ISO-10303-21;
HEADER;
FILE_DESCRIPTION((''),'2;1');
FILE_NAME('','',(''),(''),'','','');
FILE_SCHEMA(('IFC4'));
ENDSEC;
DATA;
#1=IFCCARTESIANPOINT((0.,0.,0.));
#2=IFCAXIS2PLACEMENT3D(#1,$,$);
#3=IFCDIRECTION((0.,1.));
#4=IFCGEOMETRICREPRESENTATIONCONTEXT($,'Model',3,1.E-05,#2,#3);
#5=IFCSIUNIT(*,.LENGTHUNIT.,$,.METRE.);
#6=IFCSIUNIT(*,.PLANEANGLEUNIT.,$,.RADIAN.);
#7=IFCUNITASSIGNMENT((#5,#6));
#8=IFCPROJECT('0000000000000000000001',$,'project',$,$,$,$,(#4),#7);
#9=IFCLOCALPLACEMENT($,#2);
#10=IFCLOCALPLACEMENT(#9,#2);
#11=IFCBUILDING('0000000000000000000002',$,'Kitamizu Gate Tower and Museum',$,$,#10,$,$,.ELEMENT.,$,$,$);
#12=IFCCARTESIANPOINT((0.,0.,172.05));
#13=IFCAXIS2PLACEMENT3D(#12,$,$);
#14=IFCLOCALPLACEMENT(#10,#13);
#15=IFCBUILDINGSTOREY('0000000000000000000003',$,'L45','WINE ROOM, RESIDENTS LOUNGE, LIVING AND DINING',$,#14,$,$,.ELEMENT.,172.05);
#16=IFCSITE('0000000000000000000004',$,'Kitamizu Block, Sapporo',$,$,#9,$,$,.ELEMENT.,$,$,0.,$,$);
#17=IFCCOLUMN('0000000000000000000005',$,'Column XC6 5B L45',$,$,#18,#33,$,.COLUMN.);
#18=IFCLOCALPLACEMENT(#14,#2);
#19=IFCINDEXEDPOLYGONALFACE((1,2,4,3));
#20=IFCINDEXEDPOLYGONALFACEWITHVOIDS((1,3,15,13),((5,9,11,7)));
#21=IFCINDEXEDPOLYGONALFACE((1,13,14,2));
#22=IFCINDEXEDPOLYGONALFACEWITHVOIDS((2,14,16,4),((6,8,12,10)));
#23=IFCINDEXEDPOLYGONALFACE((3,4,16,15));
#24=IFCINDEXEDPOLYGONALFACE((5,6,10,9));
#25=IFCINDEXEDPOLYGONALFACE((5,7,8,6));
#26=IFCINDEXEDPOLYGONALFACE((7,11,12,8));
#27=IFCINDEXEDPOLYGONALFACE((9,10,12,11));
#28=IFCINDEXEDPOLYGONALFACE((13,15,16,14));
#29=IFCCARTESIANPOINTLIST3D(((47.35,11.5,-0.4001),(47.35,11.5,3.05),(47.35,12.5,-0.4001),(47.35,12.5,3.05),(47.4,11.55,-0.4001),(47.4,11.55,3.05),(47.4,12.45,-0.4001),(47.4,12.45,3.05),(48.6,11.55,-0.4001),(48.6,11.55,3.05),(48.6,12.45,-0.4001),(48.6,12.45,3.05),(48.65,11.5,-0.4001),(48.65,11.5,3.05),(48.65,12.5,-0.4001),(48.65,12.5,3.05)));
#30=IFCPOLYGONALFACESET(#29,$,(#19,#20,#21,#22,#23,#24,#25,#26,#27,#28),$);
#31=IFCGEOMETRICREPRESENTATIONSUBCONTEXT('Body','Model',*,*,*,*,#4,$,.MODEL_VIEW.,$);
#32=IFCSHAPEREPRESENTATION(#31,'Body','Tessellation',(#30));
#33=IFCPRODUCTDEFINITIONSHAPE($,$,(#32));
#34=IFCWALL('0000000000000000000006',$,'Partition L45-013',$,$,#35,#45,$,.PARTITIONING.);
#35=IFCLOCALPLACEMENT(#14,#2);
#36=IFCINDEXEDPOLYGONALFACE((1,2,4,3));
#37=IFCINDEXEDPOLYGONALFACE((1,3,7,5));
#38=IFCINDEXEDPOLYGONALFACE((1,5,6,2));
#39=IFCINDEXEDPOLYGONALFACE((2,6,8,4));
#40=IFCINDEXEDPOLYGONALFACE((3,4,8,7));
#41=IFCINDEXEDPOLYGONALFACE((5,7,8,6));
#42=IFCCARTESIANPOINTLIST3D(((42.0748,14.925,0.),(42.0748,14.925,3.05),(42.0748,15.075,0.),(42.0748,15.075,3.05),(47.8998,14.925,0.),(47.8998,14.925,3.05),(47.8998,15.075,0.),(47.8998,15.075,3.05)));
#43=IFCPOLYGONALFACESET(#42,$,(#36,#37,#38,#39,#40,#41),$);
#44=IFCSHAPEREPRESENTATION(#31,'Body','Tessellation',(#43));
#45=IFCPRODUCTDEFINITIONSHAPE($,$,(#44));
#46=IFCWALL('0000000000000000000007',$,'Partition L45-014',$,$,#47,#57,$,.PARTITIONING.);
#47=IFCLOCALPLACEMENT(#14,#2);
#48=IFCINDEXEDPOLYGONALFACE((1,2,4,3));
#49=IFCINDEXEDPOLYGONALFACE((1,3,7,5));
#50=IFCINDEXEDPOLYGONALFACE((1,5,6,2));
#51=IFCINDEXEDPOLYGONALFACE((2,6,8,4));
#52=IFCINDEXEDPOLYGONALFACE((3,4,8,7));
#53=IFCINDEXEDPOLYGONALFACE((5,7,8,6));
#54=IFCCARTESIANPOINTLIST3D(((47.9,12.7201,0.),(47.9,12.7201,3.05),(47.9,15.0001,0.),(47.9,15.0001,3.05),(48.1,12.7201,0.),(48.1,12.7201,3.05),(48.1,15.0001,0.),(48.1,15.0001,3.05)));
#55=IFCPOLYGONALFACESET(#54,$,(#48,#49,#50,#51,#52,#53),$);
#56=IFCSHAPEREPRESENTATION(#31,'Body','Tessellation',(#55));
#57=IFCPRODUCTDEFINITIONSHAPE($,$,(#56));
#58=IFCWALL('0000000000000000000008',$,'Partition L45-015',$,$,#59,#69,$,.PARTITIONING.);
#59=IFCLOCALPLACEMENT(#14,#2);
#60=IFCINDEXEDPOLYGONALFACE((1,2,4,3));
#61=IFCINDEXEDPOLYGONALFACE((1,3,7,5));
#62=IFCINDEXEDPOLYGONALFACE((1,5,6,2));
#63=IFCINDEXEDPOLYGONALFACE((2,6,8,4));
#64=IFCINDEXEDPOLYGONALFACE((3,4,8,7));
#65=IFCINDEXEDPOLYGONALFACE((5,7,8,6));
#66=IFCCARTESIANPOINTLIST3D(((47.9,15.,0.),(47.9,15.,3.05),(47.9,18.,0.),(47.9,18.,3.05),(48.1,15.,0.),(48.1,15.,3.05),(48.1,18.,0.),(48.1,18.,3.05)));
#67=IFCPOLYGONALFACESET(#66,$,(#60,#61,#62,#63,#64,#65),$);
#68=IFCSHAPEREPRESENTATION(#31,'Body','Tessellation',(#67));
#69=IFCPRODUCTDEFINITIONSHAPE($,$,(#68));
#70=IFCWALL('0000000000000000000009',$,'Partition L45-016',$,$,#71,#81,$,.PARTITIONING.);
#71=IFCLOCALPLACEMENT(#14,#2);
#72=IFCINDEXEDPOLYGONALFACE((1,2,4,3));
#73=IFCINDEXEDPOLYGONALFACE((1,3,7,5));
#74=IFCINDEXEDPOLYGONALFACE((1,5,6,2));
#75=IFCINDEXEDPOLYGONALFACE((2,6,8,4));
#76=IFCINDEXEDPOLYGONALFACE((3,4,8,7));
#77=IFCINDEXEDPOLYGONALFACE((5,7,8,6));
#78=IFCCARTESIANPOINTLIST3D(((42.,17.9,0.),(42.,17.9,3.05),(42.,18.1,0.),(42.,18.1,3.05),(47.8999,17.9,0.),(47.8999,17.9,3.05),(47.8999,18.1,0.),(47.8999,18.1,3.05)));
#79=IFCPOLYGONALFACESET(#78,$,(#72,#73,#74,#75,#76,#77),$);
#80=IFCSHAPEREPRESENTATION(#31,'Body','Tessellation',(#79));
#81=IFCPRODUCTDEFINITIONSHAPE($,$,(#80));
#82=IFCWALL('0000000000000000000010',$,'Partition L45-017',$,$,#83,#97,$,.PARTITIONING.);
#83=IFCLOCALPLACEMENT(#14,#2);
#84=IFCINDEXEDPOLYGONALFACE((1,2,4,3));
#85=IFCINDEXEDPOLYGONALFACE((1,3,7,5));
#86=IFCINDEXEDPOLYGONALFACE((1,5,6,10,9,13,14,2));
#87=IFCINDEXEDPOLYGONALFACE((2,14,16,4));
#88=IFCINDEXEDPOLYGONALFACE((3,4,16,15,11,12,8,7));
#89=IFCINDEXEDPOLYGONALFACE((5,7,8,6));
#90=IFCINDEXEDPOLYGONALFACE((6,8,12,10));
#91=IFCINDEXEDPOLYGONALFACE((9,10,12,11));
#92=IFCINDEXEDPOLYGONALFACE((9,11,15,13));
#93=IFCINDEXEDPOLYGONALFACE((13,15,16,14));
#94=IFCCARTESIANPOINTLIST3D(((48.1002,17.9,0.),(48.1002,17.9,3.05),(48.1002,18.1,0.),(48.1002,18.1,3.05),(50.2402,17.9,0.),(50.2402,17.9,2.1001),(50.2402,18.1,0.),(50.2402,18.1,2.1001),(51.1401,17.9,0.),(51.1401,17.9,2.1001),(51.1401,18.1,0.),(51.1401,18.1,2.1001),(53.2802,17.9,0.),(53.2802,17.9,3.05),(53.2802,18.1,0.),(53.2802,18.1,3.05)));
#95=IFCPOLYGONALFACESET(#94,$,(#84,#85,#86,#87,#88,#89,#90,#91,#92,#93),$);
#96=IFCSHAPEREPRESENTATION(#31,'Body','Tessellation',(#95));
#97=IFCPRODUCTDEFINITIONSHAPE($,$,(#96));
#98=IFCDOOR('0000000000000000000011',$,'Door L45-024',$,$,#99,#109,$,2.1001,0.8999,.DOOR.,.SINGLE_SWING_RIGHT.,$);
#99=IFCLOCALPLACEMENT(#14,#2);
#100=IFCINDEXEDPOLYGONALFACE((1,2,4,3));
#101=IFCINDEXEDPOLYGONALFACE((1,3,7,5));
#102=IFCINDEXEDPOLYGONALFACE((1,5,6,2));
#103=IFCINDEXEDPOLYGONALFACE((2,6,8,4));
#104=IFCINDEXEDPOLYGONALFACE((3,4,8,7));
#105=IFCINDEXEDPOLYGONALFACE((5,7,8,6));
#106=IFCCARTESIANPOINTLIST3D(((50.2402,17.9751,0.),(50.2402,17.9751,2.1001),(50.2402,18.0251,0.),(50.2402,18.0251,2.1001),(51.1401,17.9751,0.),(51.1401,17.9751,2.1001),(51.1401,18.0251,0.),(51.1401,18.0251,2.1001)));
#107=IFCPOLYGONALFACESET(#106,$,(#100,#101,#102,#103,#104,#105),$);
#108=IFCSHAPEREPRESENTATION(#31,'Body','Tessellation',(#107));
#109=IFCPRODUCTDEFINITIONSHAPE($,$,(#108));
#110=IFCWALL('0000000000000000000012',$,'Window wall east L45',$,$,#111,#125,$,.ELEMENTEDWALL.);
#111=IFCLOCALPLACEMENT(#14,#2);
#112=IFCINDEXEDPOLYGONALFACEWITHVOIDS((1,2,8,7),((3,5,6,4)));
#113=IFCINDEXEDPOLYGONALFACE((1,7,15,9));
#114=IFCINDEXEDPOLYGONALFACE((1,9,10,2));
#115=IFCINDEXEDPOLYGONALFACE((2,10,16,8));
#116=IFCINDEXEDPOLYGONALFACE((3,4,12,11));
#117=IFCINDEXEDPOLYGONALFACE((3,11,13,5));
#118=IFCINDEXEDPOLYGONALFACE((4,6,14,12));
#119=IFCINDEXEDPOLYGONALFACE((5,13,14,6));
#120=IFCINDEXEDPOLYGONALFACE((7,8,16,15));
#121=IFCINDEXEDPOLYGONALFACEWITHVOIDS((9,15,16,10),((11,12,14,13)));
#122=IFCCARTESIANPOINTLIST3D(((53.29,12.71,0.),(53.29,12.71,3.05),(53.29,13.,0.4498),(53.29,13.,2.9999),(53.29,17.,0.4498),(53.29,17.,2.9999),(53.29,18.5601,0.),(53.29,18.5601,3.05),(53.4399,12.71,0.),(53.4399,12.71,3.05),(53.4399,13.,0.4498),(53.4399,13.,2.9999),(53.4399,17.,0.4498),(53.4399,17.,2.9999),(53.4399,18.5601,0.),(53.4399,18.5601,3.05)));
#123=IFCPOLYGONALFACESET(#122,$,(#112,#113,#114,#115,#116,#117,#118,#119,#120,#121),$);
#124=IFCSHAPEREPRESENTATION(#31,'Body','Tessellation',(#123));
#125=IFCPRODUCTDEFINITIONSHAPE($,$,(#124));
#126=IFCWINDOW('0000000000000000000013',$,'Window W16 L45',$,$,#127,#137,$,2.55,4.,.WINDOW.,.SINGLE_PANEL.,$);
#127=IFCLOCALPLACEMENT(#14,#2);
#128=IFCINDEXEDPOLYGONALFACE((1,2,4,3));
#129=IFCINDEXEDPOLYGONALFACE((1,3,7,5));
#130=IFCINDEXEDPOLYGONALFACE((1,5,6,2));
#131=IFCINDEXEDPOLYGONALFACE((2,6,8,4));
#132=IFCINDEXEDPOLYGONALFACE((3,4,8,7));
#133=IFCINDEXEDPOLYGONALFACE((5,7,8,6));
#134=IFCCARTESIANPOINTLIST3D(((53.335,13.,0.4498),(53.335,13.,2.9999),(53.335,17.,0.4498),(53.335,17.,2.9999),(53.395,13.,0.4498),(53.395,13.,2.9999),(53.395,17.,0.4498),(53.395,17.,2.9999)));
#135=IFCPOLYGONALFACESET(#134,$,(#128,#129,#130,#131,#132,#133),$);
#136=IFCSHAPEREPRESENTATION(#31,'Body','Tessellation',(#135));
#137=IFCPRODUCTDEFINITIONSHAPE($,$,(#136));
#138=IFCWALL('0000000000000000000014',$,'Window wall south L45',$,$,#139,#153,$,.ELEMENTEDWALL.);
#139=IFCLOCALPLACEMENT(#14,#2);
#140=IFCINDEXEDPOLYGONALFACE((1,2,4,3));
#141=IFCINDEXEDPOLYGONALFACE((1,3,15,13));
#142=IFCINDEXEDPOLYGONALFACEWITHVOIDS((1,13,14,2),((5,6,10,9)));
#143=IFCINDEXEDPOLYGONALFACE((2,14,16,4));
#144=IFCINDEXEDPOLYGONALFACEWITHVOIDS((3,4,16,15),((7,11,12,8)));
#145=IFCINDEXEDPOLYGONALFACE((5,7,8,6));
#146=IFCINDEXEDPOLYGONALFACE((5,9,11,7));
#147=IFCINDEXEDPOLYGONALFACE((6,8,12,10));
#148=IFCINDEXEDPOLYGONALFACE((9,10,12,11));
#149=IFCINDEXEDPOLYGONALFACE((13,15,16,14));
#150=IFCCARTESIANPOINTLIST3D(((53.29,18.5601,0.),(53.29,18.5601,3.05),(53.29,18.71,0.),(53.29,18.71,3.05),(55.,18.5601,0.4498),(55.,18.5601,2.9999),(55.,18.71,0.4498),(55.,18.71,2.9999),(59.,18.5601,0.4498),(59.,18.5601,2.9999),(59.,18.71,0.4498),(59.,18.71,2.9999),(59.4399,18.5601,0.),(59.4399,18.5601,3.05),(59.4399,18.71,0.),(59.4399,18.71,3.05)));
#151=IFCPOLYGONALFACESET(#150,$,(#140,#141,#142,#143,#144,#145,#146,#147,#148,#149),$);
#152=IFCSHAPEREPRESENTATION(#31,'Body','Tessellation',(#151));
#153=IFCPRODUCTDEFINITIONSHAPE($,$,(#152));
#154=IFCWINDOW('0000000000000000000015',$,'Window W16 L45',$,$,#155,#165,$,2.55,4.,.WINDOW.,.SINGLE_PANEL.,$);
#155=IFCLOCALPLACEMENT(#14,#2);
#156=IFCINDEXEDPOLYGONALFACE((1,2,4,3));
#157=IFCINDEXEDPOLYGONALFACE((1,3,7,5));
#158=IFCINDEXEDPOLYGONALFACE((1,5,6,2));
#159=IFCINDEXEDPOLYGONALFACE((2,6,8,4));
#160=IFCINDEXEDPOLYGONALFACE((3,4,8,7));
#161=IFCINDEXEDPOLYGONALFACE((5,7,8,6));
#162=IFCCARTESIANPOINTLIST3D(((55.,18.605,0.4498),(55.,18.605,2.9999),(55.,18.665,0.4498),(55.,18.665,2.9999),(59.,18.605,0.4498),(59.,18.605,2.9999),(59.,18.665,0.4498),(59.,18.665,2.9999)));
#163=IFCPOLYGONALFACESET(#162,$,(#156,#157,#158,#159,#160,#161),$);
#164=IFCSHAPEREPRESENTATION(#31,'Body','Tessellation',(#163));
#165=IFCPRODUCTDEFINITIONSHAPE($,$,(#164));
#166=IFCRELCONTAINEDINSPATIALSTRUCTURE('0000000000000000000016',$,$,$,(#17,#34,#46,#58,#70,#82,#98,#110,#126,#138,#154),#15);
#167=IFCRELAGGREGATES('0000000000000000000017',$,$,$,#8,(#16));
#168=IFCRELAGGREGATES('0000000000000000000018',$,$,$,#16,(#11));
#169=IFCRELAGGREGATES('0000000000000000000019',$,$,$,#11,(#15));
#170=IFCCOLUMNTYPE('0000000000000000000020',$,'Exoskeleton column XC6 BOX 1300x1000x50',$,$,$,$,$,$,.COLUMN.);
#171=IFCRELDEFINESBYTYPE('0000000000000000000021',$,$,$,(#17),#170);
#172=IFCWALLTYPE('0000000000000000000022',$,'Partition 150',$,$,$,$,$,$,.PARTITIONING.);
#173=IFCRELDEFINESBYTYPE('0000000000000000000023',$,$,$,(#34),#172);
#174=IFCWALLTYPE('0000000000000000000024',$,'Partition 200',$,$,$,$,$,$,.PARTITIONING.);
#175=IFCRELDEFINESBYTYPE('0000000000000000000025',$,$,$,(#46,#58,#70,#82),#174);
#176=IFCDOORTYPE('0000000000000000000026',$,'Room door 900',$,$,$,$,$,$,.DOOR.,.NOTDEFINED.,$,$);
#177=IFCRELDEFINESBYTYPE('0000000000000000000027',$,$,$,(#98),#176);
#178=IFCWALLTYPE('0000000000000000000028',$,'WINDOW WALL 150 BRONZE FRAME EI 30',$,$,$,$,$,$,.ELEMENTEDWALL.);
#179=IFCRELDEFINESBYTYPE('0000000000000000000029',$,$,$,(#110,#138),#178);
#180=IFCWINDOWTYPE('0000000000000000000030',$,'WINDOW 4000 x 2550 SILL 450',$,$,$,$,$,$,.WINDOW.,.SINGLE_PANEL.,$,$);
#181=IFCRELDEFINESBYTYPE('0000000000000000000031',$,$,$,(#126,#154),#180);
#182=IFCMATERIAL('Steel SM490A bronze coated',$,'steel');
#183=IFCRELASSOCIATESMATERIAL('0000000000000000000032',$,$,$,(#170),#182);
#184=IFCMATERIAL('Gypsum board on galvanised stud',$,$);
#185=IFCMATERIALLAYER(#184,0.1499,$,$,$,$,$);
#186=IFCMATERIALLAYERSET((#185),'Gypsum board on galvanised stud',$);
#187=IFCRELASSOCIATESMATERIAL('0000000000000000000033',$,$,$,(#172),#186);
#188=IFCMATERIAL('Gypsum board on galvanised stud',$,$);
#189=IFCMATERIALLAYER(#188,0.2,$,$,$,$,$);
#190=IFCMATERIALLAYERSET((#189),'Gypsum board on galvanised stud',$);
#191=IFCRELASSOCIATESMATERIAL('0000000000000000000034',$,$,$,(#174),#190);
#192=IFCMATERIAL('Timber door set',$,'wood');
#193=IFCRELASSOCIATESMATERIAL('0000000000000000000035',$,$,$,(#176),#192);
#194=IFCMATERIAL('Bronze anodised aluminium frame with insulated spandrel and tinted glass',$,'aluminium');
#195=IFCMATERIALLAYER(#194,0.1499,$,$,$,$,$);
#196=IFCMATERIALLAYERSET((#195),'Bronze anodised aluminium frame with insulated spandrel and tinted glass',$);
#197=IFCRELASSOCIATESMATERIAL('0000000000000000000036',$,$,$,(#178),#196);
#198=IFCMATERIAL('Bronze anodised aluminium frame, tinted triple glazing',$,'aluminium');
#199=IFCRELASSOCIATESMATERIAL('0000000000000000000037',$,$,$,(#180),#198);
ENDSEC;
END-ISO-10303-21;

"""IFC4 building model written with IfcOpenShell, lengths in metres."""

from ifc_helpers import new_model, si_unit, direction, frame, frame_2d, origin, origin_2d, place, context, subcontext, project, spatial, rectangle, hollow_rectangle, extrude, material, layer, layer_set, material_profile, profile_set, type_object, element, fill, save


model = new_model("IFC4")

# Units and contexts
model_context = context("Model", 3, precision=1e-05, world=origin(), true_north=direction((0.0, 1.0)))
body_context = subcontext(model_context, "Body", "Model", "MODEL_VIEW")
ifc_project = project(units=[si_unit("LENGTHUNIT", "METRE"), si_unit("PLANEANGLEUNIT", "RADIAN")], contexts=[model_context])

# Site, building, storey
site_placement = place(None, origin())
site = spatial("IfcSite", under=ifc_project, at=site_placement, Name="Kitamizu Block, Sapporo", CompositionType="ELEMENT", RefElevation=0.0)
building_placement = place(site_placement, origin())
building = spatial("IfcBuilding", under=site, at=building_placement, Name="Kitamizu Gate Tower and Museum", CompositionType="ELEMENT")
storey_placement = place(building_placement, frame((0.0, 0.0, 172.05)))
storey = spatial("IfcBuildingStorey", under=building, at=storey_placement, Name="L45", Description="WINE ROOM, RESIDENTS LOUNGE, LIVING AND DINING", CompositionType="ELEMENT", Elevation=172.05)

# Column
ifc_material_1 = material(Name="Steel SM490A bronze coated", Category="steel")
ifc_material_profile = material_profile(ifc_material_1, hollow_rectangle(XDim=1.3, YDim=1.0, WallThickness=0.05, at=origin_2d()), Name="BOX 1300x1000x50")
ifc_profile_set = profile_set([ifc_material_profile], Name="Steel SM490A bronze coated")
column_type = type_object("IfcColumnType", Name="Exoskeleton column XC6 BOX 1300x1000x50", PredefinedType="COLUMN", material=ifc_profile_set)
column_placement = place(storey_placement, frame((48.0, 12.0, -0.4001), z_axis=(0.0, 0.0, 1.0), x_axis=(1.0, 0.0, 0.0)))
element("IfcColumn", 1, at=column_placement, inside=storey, type_object=column_type, Name="Column XC6 5B L45", PredefinedType="COLUMN", context=body_context, shape_type="SweptSolid", body=[
    extrude(hollow_rectangle(XDim=1.3, YDim=1.0, WallThickness=0.05, at=origin_2d()), origin(), (0.0, 0.0, 1.0), 3.4502),
])

# Walls
ifc_material_2 = material(Name="Gypsum board on galvanised stud")
ifc_layer_1 = layer(ifc_material_2, 0.1499)
ifc_layer_set_1 = layer_set([ifc_layer_1], Name="Gypsum board on galvanised stud")
wall_type_1 = type_object("IfcWallType", Name="Partition 150", PredefinedType="PARTITIONING", material=ifc_layer_set_1)
wall_1_placement = place(storey_placement, frame((47.8999, 15.0, 0.0), z_axis=(0.0, 0.0, 1.0), x_axis=(-1.0, 0.0, 0.0)))
element("IfcWall", 2, at=wall_1_placement, inside=storey, type_object=wall_type_1, Name="Partition L45-013", PredefinedType="PARTITIONING", context=body_context, shape_type="SweptSolid", body=[
    extrude(rectangle(XDim=5.825, YDim=0.1499, at=frame_2d((2.9126, 0.0))), origin(), (0.0, 0.0, 1.0), 3.05),
])
ifc_material_3 = material(Name="Gypsum board on galvanised stud")
ifc_layer_2 = layer(ifc_material_3, 0.2)
ifc_layer_set_2 = layer_set([ifc_layer_2], Name="Gypsum board on galvanised stud")
wall_type_2 = type_object("IfcWallType", Name="Partition 200", PredefinedType="PARTITIONING", material=ifc_layer_set_2)
wall_2_placement = place(storey_placement, frame((48.0, 12.72, 0.0), z_axis=(0.0, 0.0, 1.0), x_axis=(0.0, 1.0, 0.0)))
element("IfcWall", 3, at=wall_2_placement, inside=storey, type_object=wall_type_2, Name="Partition L45-014", PredefinedType="PARTITIONING", context=body_context, shape_type="SweptSolid", body=[
    extrude(rectangle(XDim=2.28, YDim=0.2, at=frame_2d((1.1401, 0.0))), origin(), (0.0, 0.0, 1.0), 3.05),
])
wall_3_placement = place(storey_placement, frame((48.0, 15.0, 0.0), z_axis=(0.0, 0.0, 1.0), x_axis=(0.0, 1.0, 0.0)))
element("IfcWall", 4, at=wall_3_placement, inside=storey, type_object=wall_type_2, Name="Partition L45-015", PredefinedType="PARTITIONING", context=body_context, shape_type="SweptSolid", body=[
    extrude(rectangle(XDim=3.0, YDim=0.2, at=frame_2d((1.5, 0.0))), origin(), (0.0, 0.0, 1.0), 3.05),
])
wall_4_placement = place(storey_placement, frame((47.8999, 18.0, 0.0), z_axis=(0.0, 0.0, 1.0), x_axis=(-1.0, 0.0, 0.0)))
element("IfcWall", 5, at=wall_4_placement, inside=storey, type_object=wall_type_2, Name="Partition L45-016", PredefinedType="PARTITIONING", context=body_context, shape_type="SweptSolid", body=[
    extrude(rectangle(XDim=5.8999, YDim=0.2, at=frame_2d((2.95, 0.0))), origin(), (0.0, 0.0, 1.0), 3.05),
])

# Wall, opening, door
wall_5_placement = place(storey_placement, frame((53.28, 18.0, 0.0), z_axis=(0.0, 0.0, 1.0), x_axis=(-1.0, 0.0, 0.0)))
wall_5 = element("IfcWall", 6, at=wall_5_placement, inside=storey, type_object=wall_type_2, Name="Partition L45-017", PredefinedType="PARTITIONING", context=body_context, shape_type="SweptSolid", body=[
    extrude(rectangle(XDim=5.1799, YDim=0.2, at=frame_2d((2.5898, 0.0))), origin(), (0.0, 0.0, 1.0), 3.05),
])
opening_1_placement = place(wall_5_placement, frame((2.1399, 0.0, 0.0)))
opening_1 = element("IfcOpeningElement", 7, at=opening_1_placement, cuts=wall_5, PredefinedType="OPENING", context=body_context, shape_type="SweptSolid", body=[
    extrude(rectangle(XDim=0.8999, YDim=2.1001, at=frame_2d((0.45, 1.05))), frame((0.0, 0.1099, 0.0), z_axis=(0.0, -1.0, 0.0), x_axis=(1.0, 0.0, 0.0)), (0.0, 0.0, 1.0), 0.22),
])
ifc_material_4 = material(Name="Timber door set", Category="wood")
door_type = type_object("IfcDoorType", Name="Room door 900", OperationType="NOTDEFINED", PredefinedType="DOOR", material=ifc_material_4)
door_placement = place(opening_1_placement, origin())
door = element("IfcDoor", 8, at=door_placement, inside=storey, type_object=door_type, Name="Door L45-024", OperationType="SINGLE_SWING_RIGHT", OverallHeight=2.1001, OverallWidth=0.8999, PredefinedType="DOOR", context=body_context, shape_type="SweptSolid", body=[
    extrude(rectangle(XDim=0.8999, YDim=2.1001, at=frame_2d((0.45, 1.05))), frame((0.0, 0.0249, 0.0), z_axis=(0.0, -1.0, 0.0), x_axis=(1.0, 0.0, 0.0)), (0.0, 0.0, 1.0), 0.05),
])
fill(opening_1, door)

# Walls, openings, windows
ifc_material_5 = material(Name="Bronze anodised aluminium frame with insulated spandrel and tinted glass", Category="aluminium")
ifc_layer_3 = layer(ifc_material_5, 0.1499)
ifc_layer_set_3 = layer_set([ifc_layer_3], Name="Bronze anodised aluminium frame with insulated spandrel and tinted glass")
wall_type_3 = type_object("IfcWallType", Name="WINDOW WALL 150 BRONZE FRAME EI 30", PredefinedType="ELEMENTEDWALL", material=ifc_layer_set_3)
wall_6_placement = place(storey_placement, frame((53.365, 12.71, 0.0), z_axis=(0.0, 0.0, 1.0), x_axis=(0.0, 1.0, 0.0)))
wall_6 = element("IfcWall", 9, at=wall_6_placement, inside=storey, type_object=wall_type_3, Name="Window wall east L45", PredefinedType="ELEMENTEDWALL", context=body_context, shape_type="SweptSolid", body=[
    extrude(rectangle(XDim=5.8501, YDim=0.1499, at=frame_2d((2.925, 0.0))), origin(), (0.0, 0.0, 1.0), 3.05),
])
opening_2_placement = place(wall_6_placement, frame((0.29, 0.0, 0.45)))
opening_2 = element("IfcOpeningElement", 10, at=opening_2_placement, cuts=wall_6, PredefinedType="OPENING", context=body_context, shape_type="SweptSolid", body=[
    extrude(rectangle(XDim=4.0, YDim=2.55, at=frame_2d((2.0, 1.2749))), frame((0.0, 0.085, 0.0), z_axis=(0.0, -1.0, 0.0), x_axis=(1.0, 0.0, 0.0)), (0.0, 0.0, 1.0), 0.1699),
])
ifc_material_6 = material(Name="Bronze anodised aluminium frame, tinted triple glazing", Category="aluminium")
window_type = type_object("IfcWindowType", Name="WINDOW 4000 x 2550 SILL 450", PartitioningType="SINGLE_PANEL", PredefinedType="WINDOW", material=ifc_material_6)
window_1_placement = place(opening_2_placement, origin())
window_1 = element("IfcWindow", 11, at=window_1_placement, inside=storey, type_object=window_type, Name="Window W16 L45", OverallHeight=2.55, OverallWidth=4.0, PartitioningType="SINGLE_PANEL", PredefinedType="WINDOW", context=body_context, shape_type="SweptSolid", body=[
    extrude(rectangle(XDim=4.0, YDim=2.55, at=frame_2d((2.0, 1.2749))), frame((0.0, 0.03, 0.0), z_axis=(0.0, -1.0, 0.0), x_axis=(1.0, 0.0, 0.0)), (0.0, 0.0, 1.0), 0.0601),
])
fill(opening_2, window_1)
wall_7_placement = place(storey_placement, frame((53.29, 18.635, 0.0), z_axis=(0.0, 0.0, 1.0), x_axis=(1.0, 0.0, 0.0)))
wall_7 = element("IfcWall", 12, at=wall_7_placement, inside=storey, type_object=wall_type_3, Name="Window wall south L45", PredefinedType="ELEMENTEDWALL", context=body_context, shape_type="SweptSolid", body=[
    extrude(rectangle(XDim=6.1499, YDim=0.1499, at=frame_2d((3.075, 0.0))), origin(), (0.0, 0.0, 1.0), 3.05),
])
opening_3_placement = place(wall_7_placement, frame((1.71, 0.0, 0.45)))
opening_3 = element("IfcOpeningElement", 13, at=opening_3_placement, cuts=wall_7, PredefinedType="OPENING", context=body_context, shape_type="SweptSolid", body=[
    extrude(rectangle(XDim=4.0, YDim=2.55, at=frame_2d((2.0, 1.2749))), frame((0.0, 0.085, 0.0), z_axis=(0.0, -1.0, 0.0), x_axis=(1.0, 0.0, 0.0)), (0.0, 0.0, 1.0), 0.1699),
])
window_2_placement = place(opening_3_placement, origin())
window_2 = element("IfcWindow", 14, at=window_2_placement, inside=storey, type_object=window_type, Name="Window W16 L45", OverallHeight=2.55, OverallWidth=4.0, PartitioningType="SINGLE_PANEL", PredefinedType="WINDOW", context=body_context, shape_type="SweptSolid", body=[
    extrude(rectangle(XDim=4.0, YDim=2.55, at=frame_2d((2.0, 1.2749))), frame((0.0, 0.03, 0.0), z_axis=(0.0, -1.0, 0.0), x_axis=(1.0, 0.0, 0.0)), (0.0, 0.0, 1.0), 0.0601),
])
fill(opening_3, window_2)

save(model, "model.ifc")
